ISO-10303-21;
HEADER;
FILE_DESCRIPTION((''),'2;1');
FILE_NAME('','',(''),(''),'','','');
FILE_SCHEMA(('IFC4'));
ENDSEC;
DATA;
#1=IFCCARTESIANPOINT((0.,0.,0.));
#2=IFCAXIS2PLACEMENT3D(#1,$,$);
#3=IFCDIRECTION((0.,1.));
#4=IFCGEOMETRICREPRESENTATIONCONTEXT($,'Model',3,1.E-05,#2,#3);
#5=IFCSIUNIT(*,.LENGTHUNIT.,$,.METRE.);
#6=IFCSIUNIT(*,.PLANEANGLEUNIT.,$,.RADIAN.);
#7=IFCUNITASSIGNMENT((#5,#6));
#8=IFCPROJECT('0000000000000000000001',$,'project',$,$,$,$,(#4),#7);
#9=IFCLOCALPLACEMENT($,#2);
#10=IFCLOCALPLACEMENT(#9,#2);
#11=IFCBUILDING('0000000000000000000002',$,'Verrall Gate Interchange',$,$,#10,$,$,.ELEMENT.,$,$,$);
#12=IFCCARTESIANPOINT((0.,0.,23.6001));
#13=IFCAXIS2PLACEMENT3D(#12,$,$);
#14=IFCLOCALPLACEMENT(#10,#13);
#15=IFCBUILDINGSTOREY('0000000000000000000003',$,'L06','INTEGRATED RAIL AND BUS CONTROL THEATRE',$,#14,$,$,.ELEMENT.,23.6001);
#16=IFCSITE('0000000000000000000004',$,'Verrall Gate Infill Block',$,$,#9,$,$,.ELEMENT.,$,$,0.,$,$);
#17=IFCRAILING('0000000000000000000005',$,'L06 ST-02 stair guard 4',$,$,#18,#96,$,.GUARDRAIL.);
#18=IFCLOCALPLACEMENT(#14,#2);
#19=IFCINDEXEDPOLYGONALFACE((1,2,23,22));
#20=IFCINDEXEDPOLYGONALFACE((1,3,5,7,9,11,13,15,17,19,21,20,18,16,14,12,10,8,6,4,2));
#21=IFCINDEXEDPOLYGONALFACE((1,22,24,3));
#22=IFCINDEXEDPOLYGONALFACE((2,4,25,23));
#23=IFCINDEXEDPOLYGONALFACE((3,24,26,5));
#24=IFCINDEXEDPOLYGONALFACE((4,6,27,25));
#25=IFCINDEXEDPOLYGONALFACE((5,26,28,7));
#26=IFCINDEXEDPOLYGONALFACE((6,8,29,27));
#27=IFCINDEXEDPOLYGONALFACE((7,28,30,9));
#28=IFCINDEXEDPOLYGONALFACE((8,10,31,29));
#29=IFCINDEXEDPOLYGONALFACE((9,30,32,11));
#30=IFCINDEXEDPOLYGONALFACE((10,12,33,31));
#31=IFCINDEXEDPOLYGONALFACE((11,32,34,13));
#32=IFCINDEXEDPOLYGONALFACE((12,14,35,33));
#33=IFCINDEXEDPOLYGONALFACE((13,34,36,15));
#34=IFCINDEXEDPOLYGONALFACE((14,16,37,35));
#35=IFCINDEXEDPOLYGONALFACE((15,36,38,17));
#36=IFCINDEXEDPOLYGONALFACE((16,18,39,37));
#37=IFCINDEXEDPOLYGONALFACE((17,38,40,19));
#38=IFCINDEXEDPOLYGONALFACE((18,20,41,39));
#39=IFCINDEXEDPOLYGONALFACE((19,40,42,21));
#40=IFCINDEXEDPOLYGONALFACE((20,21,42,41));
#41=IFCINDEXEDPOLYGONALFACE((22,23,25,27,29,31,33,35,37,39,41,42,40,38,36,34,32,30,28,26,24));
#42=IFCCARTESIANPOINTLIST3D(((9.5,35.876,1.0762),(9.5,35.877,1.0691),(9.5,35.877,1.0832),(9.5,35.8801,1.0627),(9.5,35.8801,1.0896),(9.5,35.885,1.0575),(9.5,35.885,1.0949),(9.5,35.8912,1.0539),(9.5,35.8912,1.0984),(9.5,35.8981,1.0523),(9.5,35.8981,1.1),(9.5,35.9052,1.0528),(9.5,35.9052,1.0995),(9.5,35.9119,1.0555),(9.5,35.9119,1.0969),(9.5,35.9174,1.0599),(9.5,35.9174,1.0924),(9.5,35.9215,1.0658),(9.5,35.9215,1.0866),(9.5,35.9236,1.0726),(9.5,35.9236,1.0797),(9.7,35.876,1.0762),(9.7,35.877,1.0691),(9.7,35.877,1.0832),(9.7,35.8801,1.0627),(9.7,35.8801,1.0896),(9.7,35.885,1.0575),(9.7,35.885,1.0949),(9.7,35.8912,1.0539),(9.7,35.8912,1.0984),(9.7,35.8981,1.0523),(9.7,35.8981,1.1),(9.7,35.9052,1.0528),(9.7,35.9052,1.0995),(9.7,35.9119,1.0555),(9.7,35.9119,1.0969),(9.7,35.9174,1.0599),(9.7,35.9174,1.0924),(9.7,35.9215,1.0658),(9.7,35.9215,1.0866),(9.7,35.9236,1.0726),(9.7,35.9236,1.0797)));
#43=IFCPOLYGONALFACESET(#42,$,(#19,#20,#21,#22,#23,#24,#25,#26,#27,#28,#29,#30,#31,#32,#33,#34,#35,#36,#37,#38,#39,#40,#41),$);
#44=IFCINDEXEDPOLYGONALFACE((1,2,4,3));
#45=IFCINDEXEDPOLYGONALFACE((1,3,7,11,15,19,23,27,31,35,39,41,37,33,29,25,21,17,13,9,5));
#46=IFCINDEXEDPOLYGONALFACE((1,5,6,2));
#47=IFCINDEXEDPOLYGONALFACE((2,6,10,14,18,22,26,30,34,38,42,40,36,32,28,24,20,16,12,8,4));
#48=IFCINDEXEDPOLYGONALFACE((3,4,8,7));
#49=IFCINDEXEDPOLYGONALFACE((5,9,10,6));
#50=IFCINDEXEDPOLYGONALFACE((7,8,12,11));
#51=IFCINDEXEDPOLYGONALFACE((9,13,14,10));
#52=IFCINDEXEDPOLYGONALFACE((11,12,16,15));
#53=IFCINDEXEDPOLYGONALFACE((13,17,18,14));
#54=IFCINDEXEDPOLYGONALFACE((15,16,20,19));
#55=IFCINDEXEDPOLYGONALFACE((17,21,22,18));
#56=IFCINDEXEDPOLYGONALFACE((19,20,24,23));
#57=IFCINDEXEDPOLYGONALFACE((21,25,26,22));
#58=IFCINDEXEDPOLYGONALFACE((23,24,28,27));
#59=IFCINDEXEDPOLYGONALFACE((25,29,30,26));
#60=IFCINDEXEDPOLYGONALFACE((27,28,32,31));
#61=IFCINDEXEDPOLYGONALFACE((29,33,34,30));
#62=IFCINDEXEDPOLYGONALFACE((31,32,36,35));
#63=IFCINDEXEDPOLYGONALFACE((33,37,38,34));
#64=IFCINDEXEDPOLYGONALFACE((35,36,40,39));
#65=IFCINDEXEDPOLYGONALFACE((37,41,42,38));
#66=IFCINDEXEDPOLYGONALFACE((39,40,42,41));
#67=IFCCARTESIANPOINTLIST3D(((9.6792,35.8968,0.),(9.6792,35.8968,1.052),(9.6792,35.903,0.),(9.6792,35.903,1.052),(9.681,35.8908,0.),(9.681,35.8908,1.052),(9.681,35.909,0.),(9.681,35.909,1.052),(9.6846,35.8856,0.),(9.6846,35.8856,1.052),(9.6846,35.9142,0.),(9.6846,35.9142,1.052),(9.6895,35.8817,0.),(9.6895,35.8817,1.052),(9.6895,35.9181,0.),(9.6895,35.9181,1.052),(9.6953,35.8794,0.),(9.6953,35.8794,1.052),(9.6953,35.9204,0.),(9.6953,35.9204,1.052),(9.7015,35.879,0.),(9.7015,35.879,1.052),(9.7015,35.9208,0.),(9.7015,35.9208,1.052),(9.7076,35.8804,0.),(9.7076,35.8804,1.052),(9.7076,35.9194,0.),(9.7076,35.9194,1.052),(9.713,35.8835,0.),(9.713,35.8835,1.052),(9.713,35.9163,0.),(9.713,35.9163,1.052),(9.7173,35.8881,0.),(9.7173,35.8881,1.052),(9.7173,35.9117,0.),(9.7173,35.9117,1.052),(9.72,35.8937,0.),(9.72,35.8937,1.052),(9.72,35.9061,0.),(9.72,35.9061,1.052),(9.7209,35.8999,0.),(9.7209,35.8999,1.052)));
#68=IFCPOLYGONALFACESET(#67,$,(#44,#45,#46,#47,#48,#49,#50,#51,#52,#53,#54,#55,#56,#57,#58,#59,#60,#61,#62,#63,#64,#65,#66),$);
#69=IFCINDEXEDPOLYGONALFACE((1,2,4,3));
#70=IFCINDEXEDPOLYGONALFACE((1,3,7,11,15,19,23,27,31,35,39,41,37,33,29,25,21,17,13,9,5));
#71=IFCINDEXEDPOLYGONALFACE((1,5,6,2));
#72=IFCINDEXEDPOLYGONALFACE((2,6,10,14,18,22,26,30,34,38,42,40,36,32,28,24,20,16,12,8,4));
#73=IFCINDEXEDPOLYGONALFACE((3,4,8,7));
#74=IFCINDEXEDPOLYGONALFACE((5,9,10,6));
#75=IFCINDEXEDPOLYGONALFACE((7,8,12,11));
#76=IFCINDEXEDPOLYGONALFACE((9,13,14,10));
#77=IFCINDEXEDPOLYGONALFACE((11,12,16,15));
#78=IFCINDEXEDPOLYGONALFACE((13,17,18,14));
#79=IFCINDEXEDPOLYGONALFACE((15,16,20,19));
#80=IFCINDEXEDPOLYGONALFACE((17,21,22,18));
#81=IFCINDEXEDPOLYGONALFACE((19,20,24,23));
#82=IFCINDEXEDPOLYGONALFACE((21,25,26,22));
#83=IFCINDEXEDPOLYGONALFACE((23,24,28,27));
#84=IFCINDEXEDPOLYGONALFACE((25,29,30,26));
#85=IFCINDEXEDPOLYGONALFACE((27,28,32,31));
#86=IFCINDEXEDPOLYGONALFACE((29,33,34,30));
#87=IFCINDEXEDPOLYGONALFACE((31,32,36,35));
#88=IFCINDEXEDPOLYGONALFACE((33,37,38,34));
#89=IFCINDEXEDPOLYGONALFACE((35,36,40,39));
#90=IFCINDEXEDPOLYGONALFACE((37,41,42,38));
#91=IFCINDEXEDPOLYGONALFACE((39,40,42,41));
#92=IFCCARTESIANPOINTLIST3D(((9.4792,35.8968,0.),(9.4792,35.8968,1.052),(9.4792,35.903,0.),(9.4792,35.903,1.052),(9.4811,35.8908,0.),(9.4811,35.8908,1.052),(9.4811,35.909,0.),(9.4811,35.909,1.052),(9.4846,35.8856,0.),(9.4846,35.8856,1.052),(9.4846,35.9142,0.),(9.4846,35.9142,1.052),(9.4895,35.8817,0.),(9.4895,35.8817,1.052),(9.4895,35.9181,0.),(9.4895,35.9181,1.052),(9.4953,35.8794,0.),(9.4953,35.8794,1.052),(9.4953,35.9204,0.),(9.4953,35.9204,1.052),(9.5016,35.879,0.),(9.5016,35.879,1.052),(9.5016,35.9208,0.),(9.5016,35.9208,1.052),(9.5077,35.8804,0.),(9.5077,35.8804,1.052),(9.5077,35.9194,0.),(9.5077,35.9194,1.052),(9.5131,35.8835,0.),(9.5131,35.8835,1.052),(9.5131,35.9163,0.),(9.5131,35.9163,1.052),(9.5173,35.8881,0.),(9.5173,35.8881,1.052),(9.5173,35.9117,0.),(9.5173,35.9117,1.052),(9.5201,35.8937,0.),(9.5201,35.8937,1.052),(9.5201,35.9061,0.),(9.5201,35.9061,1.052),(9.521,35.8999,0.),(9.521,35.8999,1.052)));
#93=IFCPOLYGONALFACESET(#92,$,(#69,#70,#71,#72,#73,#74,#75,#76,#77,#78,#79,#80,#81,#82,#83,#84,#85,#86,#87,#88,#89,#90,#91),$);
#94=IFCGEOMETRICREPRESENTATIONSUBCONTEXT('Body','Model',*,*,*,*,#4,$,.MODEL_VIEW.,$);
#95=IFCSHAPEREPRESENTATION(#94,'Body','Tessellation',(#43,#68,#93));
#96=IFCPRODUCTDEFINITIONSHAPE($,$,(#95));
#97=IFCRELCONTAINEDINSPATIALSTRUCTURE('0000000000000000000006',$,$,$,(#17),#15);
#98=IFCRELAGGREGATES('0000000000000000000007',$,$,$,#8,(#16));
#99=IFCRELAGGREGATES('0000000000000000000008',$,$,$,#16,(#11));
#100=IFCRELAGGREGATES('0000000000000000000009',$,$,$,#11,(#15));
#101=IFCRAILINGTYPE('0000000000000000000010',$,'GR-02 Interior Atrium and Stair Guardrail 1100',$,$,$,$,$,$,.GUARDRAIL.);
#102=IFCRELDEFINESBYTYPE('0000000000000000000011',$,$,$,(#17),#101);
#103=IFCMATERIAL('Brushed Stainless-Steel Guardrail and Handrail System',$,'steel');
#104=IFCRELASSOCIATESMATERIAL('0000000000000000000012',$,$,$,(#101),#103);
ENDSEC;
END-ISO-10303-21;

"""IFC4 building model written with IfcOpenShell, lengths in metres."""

from ifc_helpers import new_model, si_unit, direction, frame, origin, origin_2d, place, context, subcontext, project, spatial, circle, extrude, material, type_object, element, save


model = new_model("IFC4")

# Units and contexts
model_context = context("Model", 3, precision=1e-05, world=origin(), true_north=direction((0.0, 1.0)))
body_context = subcontext(model_context, "Body", "Model", "MODEL_VIEW")
ifc_project = project(units=[si_unit("LENGTHUNIT", "METRE"), si_unit("PLANEANGLEUNIT", "RADIAN")], contexts=[model_context])

# Site, building, storey
site_placement = place(None, origin())
site = spatial("IfcSite", under=ifc_project, at=site_placement, Name="Verrall Gate Infill Block", CompositionType="ELEMENT", RefElevation=0.0)
building_placement = place(site_placement, origin())
building = spatial("IfcBuilding", under=site, at=building_placement, Name="Verrall Gate Interchange", CompositionType="ELEMENT")
storey_placement = place(building_placement, frame((0.0, 0.0, 23.6001)))
storey = spatial("IfcBuildingStorey", under=building, at=storey_placement, Name="L06", Description="INTEGRATED RAIL AND BUS CONTROL THEATRE", CompositionType="ELEMENT", Elevation=23.6001)

# Railing
ifc_material_1 = material(Name="Brushed Stainless-Steel Guardrail and Handrail System", Category="steel")
railing_type_1 = type_object("IfcRailingType", Name="GR-02 Interior Atrium and Stair Guardrail 1100", PredefinedType="GUARDRAIL", material=ifc_material_1)
railing_1_placement = place(storey_placement, frame((9.7, 35.8999, 0.0)))
element("IfcRailing", 1, at=railing_1_placement, inside=storey, type_object=railing_type_1, Name="L06 ST-02 stair guard 4", PredefinedType="GUARDRAIL", context=body_context, shape_type="SweptSolid", body=[
    extrude(circle(Radius=0.0239, at=origin_2d()), frame((0.0, 0.0, 1.0762), z_axis=(-1.0, 0.0, 0.0), x_axis=(0.0, -1.0, 0.0)), (0.0, 0.0, 1.0), 0.2),
    extrude(circle(Radius=0.021, at=origin_2d()), origin(), (0.0, 0.0, 1.0), 1.052),
    extrude(circle(Radius=0.021, at=origin_2d()), frame((-0.2, 0.0, 0.0)), (0.0, 0.0, 1.0), 1.052),
])

save(model, "model.ifc")
